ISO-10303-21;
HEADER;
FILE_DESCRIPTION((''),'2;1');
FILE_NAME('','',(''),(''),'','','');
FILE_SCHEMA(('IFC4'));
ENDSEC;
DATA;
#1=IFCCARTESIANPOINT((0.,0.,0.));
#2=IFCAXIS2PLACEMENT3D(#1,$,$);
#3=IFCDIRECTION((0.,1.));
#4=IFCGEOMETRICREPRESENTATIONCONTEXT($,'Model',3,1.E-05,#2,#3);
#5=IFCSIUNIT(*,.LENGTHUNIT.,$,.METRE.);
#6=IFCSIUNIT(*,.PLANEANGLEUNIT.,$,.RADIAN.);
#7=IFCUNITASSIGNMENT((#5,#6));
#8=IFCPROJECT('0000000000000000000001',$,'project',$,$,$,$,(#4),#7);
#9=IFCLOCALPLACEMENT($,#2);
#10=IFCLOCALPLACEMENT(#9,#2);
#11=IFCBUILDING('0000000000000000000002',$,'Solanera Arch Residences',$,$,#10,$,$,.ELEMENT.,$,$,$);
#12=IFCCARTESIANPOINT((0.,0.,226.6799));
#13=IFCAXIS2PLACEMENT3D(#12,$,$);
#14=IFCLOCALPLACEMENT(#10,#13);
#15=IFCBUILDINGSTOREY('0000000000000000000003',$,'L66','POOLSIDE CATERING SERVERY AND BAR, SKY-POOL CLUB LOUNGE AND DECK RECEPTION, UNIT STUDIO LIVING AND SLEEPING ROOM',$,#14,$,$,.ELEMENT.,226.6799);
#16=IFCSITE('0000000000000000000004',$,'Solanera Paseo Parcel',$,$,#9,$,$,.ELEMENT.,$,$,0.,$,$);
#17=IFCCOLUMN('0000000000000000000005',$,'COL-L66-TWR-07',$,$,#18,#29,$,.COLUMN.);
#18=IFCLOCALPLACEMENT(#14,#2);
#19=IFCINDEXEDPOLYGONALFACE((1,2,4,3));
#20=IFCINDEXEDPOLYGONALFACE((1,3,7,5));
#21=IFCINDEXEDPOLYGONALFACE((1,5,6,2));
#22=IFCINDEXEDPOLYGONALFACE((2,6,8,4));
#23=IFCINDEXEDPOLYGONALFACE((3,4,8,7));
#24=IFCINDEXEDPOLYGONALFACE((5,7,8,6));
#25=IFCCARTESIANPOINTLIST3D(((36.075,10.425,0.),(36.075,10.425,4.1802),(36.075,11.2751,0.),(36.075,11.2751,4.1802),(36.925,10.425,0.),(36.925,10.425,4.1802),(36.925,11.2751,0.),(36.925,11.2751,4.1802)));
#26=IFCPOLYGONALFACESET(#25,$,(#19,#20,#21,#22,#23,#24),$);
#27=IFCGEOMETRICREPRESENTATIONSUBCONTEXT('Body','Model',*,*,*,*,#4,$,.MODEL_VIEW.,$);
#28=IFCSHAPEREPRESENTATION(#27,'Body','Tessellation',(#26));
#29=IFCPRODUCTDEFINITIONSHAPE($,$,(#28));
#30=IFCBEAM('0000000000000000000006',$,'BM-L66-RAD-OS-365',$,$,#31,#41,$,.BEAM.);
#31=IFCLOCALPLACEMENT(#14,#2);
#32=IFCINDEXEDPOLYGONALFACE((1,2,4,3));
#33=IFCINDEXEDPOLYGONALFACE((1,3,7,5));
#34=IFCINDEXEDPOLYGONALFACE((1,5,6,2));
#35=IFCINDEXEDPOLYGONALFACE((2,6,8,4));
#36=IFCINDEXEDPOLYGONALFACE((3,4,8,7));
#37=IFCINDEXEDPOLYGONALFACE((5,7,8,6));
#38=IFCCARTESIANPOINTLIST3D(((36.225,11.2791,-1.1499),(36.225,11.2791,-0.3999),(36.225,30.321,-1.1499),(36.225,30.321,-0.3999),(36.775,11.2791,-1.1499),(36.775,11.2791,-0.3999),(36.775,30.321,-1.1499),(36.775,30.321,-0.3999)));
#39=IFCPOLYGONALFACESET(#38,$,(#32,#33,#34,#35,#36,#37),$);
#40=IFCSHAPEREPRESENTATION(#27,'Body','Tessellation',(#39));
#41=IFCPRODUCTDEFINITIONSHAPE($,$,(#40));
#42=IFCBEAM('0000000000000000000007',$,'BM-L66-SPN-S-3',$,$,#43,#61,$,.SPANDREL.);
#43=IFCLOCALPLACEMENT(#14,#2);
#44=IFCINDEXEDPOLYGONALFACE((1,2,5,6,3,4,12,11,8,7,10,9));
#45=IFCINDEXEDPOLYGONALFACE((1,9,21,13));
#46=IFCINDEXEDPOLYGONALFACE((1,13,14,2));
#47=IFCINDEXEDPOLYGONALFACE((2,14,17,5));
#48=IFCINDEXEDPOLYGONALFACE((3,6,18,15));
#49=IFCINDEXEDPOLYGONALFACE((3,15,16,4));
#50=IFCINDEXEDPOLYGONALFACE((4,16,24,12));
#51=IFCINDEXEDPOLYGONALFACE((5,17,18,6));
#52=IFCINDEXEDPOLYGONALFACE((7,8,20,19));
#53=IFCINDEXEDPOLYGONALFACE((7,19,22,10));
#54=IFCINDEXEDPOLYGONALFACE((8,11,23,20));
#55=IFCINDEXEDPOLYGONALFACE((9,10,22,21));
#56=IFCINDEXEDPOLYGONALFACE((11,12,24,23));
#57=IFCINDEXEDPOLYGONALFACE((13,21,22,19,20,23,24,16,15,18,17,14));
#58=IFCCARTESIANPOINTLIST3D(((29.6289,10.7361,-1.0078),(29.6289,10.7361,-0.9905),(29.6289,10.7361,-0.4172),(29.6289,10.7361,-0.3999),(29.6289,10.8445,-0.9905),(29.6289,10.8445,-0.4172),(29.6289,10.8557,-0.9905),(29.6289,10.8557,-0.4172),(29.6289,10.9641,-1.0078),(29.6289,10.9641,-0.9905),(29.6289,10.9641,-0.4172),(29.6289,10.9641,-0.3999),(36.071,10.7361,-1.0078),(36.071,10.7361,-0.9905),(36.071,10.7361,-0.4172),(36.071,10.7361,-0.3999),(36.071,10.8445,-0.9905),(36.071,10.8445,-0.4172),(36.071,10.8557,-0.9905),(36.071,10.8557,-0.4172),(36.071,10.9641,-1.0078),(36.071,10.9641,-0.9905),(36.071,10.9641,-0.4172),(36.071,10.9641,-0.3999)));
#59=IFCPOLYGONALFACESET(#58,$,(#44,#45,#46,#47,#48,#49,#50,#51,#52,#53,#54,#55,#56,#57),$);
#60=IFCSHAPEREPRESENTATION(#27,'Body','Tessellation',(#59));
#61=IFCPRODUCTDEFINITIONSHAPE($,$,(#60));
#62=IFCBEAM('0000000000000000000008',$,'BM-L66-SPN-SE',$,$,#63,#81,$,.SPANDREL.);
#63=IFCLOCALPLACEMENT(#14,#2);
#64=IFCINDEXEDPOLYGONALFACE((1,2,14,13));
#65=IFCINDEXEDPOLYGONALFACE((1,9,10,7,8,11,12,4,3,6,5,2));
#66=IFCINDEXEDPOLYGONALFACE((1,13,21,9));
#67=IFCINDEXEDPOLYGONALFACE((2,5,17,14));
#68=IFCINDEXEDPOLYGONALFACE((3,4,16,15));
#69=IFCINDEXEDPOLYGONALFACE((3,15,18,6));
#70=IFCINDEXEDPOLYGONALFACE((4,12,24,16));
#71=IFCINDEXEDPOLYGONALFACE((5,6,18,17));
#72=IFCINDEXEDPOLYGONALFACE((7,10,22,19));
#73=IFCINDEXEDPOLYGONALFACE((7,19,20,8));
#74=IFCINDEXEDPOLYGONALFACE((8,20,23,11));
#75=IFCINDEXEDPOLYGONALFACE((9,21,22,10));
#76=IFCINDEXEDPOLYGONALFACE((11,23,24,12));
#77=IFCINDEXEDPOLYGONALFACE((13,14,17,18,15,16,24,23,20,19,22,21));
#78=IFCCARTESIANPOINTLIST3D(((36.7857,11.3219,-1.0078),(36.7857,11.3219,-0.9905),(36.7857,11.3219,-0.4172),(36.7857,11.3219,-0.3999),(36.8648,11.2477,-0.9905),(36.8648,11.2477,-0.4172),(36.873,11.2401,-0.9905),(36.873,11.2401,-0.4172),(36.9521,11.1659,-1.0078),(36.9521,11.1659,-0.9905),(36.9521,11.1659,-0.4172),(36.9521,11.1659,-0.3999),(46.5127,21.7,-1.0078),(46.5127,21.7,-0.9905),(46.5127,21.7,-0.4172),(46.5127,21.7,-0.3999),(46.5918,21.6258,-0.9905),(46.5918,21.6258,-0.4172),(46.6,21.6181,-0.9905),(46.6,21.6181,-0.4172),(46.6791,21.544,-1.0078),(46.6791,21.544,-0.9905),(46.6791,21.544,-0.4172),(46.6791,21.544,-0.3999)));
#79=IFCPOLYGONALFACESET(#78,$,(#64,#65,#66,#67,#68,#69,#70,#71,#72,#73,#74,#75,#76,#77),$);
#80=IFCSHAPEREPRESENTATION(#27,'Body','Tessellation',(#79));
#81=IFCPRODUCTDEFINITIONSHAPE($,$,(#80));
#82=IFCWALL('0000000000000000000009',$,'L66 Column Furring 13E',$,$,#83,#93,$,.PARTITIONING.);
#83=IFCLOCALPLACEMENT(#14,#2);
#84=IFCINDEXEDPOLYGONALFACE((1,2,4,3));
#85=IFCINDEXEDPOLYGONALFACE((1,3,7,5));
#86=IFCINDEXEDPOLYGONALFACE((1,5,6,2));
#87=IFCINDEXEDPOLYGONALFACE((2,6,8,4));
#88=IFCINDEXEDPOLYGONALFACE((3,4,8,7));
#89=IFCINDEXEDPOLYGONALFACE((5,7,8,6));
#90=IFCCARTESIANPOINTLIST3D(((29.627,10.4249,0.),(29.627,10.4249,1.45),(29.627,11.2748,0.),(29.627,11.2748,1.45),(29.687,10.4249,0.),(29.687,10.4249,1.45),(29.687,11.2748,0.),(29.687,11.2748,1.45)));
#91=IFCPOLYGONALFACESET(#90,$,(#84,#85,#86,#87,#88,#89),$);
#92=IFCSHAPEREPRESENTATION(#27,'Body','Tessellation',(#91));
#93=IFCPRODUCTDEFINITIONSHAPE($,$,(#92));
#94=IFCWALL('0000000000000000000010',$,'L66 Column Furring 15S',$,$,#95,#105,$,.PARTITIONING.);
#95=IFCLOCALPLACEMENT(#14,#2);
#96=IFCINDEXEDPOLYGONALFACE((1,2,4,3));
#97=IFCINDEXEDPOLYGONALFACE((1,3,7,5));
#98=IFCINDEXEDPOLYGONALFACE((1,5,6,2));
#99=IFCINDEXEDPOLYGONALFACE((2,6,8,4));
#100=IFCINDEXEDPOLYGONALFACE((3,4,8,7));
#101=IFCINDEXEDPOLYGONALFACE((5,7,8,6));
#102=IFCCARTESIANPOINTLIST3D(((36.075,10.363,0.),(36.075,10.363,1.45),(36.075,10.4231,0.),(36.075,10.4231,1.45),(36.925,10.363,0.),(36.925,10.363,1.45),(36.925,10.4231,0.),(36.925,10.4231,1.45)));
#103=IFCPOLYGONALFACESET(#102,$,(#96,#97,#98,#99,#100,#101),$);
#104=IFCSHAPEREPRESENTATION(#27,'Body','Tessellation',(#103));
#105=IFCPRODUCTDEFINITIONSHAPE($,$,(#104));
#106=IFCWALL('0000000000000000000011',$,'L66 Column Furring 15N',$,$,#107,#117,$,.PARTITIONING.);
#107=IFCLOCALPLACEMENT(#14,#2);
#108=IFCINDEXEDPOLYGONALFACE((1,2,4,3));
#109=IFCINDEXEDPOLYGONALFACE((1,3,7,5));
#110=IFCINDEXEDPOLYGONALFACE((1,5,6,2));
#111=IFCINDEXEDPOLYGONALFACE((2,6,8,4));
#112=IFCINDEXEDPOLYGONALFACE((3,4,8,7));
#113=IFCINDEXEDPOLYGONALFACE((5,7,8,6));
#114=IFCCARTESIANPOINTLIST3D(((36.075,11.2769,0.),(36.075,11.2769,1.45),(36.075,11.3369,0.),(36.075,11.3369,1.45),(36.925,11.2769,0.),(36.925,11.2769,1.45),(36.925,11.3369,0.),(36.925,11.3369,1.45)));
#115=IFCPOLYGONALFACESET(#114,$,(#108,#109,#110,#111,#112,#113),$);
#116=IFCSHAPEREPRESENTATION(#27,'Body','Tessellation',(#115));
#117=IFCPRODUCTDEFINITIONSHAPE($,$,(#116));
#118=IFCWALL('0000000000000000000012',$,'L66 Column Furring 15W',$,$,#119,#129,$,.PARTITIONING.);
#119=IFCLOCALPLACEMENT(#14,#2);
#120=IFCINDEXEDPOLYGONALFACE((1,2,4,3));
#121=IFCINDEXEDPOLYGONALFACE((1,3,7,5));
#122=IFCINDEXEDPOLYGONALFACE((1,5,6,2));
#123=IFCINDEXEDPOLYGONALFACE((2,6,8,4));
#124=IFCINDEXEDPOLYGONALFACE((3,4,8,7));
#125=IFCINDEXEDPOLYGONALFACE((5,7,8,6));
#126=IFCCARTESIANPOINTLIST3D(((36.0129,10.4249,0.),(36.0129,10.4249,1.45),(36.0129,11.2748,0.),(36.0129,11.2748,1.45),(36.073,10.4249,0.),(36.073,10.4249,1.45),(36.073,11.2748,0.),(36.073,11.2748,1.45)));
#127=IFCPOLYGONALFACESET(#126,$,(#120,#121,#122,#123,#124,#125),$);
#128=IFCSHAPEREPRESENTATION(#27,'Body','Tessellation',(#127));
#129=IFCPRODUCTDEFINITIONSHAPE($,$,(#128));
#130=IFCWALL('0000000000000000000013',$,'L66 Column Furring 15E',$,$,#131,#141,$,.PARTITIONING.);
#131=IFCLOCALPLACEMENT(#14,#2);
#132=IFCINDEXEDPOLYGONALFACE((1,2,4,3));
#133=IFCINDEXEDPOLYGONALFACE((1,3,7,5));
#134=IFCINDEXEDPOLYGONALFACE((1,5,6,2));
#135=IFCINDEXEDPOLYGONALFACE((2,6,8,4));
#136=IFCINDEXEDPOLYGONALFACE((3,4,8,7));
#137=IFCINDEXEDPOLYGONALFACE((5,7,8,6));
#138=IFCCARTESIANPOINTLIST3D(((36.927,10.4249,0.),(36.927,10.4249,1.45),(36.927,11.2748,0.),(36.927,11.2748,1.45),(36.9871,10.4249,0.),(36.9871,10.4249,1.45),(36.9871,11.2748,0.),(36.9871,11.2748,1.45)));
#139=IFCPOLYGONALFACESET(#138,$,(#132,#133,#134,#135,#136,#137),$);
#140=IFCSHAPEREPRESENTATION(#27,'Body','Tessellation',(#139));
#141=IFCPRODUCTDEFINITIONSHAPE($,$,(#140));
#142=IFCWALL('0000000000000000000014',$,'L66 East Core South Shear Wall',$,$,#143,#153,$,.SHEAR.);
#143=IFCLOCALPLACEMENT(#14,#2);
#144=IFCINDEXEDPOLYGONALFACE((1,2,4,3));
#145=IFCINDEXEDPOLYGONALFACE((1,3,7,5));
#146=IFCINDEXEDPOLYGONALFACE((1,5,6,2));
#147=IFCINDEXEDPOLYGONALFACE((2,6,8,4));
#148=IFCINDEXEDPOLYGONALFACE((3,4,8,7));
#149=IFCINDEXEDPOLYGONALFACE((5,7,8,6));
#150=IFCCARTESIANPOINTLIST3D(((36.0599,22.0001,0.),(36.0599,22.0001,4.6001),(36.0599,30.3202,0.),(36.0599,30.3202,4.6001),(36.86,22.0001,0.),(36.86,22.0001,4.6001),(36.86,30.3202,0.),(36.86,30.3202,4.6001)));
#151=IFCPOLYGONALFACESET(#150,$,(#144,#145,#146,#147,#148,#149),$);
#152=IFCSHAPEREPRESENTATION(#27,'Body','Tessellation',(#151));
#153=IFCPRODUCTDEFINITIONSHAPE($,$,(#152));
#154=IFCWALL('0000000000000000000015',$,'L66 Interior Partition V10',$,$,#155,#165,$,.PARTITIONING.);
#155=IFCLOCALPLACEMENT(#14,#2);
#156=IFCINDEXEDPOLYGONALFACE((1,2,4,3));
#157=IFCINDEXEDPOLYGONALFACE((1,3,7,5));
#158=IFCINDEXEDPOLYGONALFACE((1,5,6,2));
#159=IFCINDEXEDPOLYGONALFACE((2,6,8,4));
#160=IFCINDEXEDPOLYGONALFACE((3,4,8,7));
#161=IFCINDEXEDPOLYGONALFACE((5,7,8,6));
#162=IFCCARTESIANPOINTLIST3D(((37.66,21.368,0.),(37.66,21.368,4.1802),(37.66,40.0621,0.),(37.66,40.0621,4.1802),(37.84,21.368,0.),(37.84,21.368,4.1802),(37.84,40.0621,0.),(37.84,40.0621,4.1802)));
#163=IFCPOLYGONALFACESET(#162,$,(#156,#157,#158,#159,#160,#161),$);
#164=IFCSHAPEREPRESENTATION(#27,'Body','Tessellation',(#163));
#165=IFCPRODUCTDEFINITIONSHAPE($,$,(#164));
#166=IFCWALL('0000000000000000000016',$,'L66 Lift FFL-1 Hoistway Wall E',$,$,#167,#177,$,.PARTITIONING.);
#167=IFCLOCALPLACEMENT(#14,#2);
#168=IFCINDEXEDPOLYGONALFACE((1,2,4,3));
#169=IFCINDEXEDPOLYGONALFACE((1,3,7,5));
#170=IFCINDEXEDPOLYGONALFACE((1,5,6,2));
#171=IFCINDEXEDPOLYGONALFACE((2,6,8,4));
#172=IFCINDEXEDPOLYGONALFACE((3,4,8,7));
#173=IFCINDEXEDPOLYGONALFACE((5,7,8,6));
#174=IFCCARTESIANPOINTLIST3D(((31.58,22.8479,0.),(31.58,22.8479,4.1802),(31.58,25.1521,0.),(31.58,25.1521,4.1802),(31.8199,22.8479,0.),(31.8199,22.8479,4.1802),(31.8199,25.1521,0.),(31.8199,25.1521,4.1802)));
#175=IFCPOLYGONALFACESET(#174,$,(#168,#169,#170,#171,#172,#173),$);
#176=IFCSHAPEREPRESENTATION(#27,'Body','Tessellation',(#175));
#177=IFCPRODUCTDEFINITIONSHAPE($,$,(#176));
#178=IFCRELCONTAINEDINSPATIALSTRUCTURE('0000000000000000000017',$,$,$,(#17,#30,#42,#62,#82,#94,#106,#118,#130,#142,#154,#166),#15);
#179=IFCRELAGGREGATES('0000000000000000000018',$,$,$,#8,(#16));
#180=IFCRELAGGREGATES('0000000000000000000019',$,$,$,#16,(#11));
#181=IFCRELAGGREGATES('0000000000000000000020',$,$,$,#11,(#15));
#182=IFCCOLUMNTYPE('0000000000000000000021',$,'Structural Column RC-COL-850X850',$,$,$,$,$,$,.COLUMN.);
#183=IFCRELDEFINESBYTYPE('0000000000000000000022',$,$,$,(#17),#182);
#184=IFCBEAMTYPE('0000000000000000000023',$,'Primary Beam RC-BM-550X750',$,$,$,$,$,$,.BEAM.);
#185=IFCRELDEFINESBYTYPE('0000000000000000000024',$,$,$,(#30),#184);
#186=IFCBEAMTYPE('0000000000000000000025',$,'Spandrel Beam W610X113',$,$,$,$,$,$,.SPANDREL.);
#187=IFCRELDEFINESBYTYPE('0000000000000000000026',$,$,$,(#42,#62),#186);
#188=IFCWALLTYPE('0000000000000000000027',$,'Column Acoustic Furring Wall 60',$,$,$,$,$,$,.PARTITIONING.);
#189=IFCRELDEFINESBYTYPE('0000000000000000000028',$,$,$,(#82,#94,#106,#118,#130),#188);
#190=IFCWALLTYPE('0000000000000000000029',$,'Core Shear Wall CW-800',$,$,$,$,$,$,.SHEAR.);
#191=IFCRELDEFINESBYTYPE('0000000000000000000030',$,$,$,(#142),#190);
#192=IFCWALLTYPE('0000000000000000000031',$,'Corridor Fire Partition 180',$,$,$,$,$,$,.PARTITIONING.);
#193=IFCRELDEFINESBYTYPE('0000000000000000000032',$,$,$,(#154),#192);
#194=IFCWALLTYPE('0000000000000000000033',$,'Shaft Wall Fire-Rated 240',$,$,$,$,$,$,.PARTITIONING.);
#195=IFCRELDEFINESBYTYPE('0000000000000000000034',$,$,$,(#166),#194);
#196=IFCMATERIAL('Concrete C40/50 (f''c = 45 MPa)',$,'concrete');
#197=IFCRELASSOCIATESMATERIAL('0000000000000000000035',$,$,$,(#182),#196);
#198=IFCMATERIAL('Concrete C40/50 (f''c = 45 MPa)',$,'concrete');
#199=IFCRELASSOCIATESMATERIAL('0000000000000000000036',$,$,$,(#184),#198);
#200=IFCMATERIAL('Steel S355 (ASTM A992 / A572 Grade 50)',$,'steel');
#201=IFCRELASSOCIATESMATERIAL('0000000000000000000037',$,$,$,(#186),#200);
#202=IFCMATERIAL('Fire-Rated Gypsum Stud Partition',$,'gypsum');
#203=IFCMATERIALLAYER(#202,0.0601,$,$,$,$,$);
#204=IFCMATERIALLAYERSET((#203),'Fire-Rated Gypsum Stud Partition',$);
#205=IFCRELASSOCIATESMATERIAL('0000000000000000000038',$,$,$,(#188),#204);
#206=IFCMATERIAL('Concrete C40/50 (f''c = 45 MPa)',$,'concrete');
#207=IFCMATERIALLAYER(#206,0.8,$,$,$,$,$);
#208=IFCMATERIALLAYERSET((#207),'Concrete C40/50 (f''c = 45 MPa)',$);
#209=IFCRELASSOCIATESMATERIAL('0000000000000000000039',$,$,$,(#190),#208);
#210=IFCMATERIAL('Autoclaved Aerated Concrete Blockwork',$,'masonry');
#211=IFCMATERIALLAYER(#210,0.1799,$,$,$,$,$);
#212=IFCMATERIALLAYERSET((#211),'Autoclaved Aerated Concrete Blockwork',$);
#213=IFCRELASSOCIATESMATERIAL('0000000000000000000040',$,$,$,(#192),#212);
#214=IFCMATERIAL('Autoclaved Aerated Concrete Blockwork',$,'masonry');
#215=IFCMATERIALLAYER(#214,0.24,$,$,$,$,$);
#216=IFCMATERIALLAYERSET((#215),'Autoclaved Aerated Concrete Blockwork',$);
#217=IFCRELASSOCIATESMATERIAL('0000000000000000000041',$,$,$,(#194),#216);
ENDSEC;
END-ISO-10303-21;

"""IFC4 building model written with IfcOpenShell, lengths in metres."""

from ifc_helpers import new_model, si_unit, direction, frame, frame_2d, origin, origin_2d, place, context, subcontext, project, spatial, rectangle, i_section, extrude, material, layer, layer_set, material_profile, profile_set, type_object, element, save


model = new_model("IFC4")

# Units and contexts
model_context = context("Model", 3, precision=1e-05, world=origin(), true_north=direction((0.0, 1.0)))
body_context = subcontext(model_context, "Body", "Model", "MODEL_VIEW")
ifc_project = project(units=[si_unit("LENGTHUNIT", "METRE"), si_unit("PLANEANGLEUNIT", "RADIAN")], contexts=[model_context])

# Site, building, storey
site_placement = place(None, origin())
site = spatial("IfcSite", under=ifc_project, at=site_placement, Name="Solanera Paseo Parcel", CompositionType="ELEMENT", RefElevation=0.0)
building_placement = place(site_placement, origin())
building = spatial("IfcBuilding", under=site, at=building_placement, Name="Solanera Arch Residences", CompositionType="ELEMENT")
storey_placement = place(building_placement, frame((0.0, 0.0, 226.6799)))
storey = spatial("IfcBuildingStorey", under=building, at=storey_placement, Name="L66", Description="POOLSIDE CATERING SERVERY AND BAR, SKY-POOL CLUB LOUNGE AND DECK RECEPTION, UNIT STUDIO LIVING AND SLEEPING ROOM", CompositionType="ELEMENT", Elevation=226.6799)

# Column
ifc_material_1 = material(Name="Concrete C40/50 (f'c = 45 MPa)", Category="concrete")
ifc_material_profile_1 = material_profile(ifc_material_1, rectangle(XDim=0.8501, YDim=0.8501, at=origin_2d()))
ifc_profile_set_1 = profile_set([ifc_material_profile_1], Name="Concrete C40/50 (f'c = 45 MPa)")
column_type = type_object("IfcColumnType", Name="Structural Column RC-COL-850X850", PredefinedType="COLUMN", material=ifc_profile_set_1)
column_placement = place(storey_placement, frame((36.5, 10.8501, 0.0), z_axis=(0.0, 0.0, 1.0), x_axis=(1.0, 0.0, 0.0)))
element("IfcColumn", 1, at=column_placement, inside=storey, type_object=column_type, Name="COL-L66-TWR-07", PredefinedType="COLUMN", context=body_context, shape_type="SweptSolid", body=[
    extrude(rectangle(XDim=0.8501, YDim=0.8501, at=origin_2d()), origin(), (0.0, 0.0, 1.0), 4.1802),
])

# Beams
ifc_material_2 = material(Name="Concrete C40/50 (f'c = 45 MPa)", Category="concrete")
ifc_material_profile_2 = material_profile(ifc_material_2, rectangle(XDim=0.55, YDim=0.75, at=origin_2d()))
ifc_profile_set_2 = profile_set([ifc_material_profile_2], Name="Concrete C40/50 (f'c = 45 MPa)")
beam_type_1 = type_object("IfcBeamType", Name="Primary Beam RC-BM-550X750", PredefinedType="BEAM", material=ifc_profile_set_2)
beam_1_placement = place(storey_placement, frame((36.5, 11.2791, -0.7749), z_axis=(0.0, 1.0, 0.0), x_axis=(-1.0, 0.0, 0.0)))
element("IfcBeam", 2, at=beam_1_placement, inside=storey, type_object=beam_type_1, Name="BM-L66-RAD-OS-365", PredefinedType="BEAM", context=body_context, shape_type="SweptSolid", body=[
    extrude(rectangle(XDim=0.55, YDim=0.75, at=origin_2d()), origin(), (0.0, 0.0, 1.0), 19.042),
])
ifc_material_3 = material(Name="Steel S355 (ASTM A992 / A572 Grade 50)", Category="steel")
ifc_material_profile_3 = material_profile(ifc_material_3, i_section(OverallWidth=0.228, OverallDepth=0.6079, WebThickness=0.0112, FlangeThickness=0.0173, at=origin_2d()))
ifc_profile_set_3 = profile_set([ifc_material_profile_3], Name="Steel S355 (ASTM A992 / A572 Grade 50)")
beam_type_2 = type_object("IfcBeamType", Name="Spandrel Beam W610X113", PredefinedType="SPANDREL", material=ifc_profile_set_3)
beam_2_placement = place(storey_placement, frame((29.6289, 10.8501, -0.7039), z_axis=(1.0, 0.0, 0.0), x_axis=(0.0, 1.0, 0.0)))
element("IfcBeam", 3, at=beam_2_placement, inside=storey, type_object=beam_type_2, Name="BM-L66-SPN-S-3", PredefinedType="SPANDREL", context=body_context, shape_type="SweptSolid", body=[
    extrude(i_section(OverallWidth=0.228, OverallDepth=0.6079, WebThickness=0.0112, FlangeThickness=0.0173, at=origin_2d()), origin(), (0.0, 0.0, 1.0), 6.4421),
])
beam_3_placement = place(storey_placement, frame((36.8689, 11.2439, -0.7039), z_axis=(0.683848, 0.729624, 0.0), x_axis=(-0.729624, 0.683848, 0.0)))
element("IfcBeam", 4, at=beam_3_placement, inside=storey, type_object=beam_type_2, Name="BM-L66-SPN-SE", PredefinedType="SPANDREL", context=body_context, shape_type="SweptSolid", body=[
    extrude(i_section(OverallWidth=0.228, OverallDepth=0.6079, WebThickness=0.0112, FlangeThickness=0.0173, at=origin_2d()), origin(), (0.0, 0.0, 1.0), 14.2239),
])

# Walls
ifc_material_4 = material(Name="Fire-Rated Gypsum Stud Partition", Category="gypsum")
ifc_layer_1 = layer(ifc_material_4, 0.0601)
ifc_layer_set_1 = layer_set([ifc_layer_1], Name="Fire-Rated Gypsum Stud Partition")
wall_type_1 = type_object("IfcWallType", Name="Column Acoustic Furring Wall 60", PredefinedType="PARTITIONING", material=ifc_layer_set_1)
wall_1_placement = place(storey_placement, frame((29.657, 10.425, 0.0), z_axis=(0.0, 0.0, 1.0), x_axis=(0.0, 1.0, 0.0)))
element("IfcWall", 5, at=wall_1_placement, inside=storey, type_object=wall_type_1, Name="L66 Column Furring 13E", PredefinedType="PARTITIONING", context=body_context, shape_type="SweptSolid", body=[
    extrude(rectangle(XDim=0.8499, YDim=0.0601, at=frame_2d((0.4248, 0.0))), origin(), (0.0, 0.0, 1.0), 1.45),
])
for number, where, z_axis, x_axis, name in (
    (6, (36.075, 10.3931, 0.0), (0.0, 0.0, 1.0), (1.0, 0.0, 0.0), "L66 Column Furring 15S"),
    (7, (36.075, 11.3069, 0.0), (0.0, 0.0, 1.0), (1.0, 0.0, 0.0), "L66 Column Furring 15N"),
):
    element("IfcWall", number, at=place(storey_placement, frame(where, z_axis=z_axis, x_axis=x_axis)), inside=storey, type_object=wall_type_1, Name=name, PredefinedType="PARTITIONING", context=body_context, shape_type="SweptSolid", body=[
        extrude(rectangle(XDim=0.8501, YDim=0.0601, at=frame_2d((0.425, 0.0))), origin(), (0.0, 0.0, 1.0), 1.45),
    ])
for number, where, z_axis, x_axis, name in (
    (8, (36.043, 10.425, 0.0), (0.0, 0.0, 1.0), (0.0, 1.0, 0.0), "L66 Column Furring 15W"),
    (9, (36.957, 10.425, 0.0), (0.0, 0.0, 1.0), (0.0, 1.0, 0.0), "L66 Column Furring 15E"),
):
    element("IfcWall", number, at=place(storey_placement, frame(where, z_axis=z_axis, x_axis=x_axis)), inside=storey, type_object=wall_type_1, Name=name, PredefinedType="PARTITIONING", context=body_context, shape_type="SweptSolid", body=[
        extrude(rectangle(XDim=0.8499, YDim=0.0601, at=frame_2d((0.4248, 0.0))), origin(), (0.0, 0.0, 1.0), 1.45),
    ])
ifc_material_5 = material(Name="Concrete C40/50 (f'c = 45 MPa)", Category="concrete")
ifc_layer_2 = layer(ifc_material_5, 0.8)
ifc_layer_set_2 = layer_set([ifc_layer_2], Name="Concrete C40/50 (f'c = 45 MPa)")
wall_type_2 = type_object("IfcWallType", Name="Core Shear Wall CW-800", PredefinedType="SHEAR", material=ifc_layer_set_2)
wall_2_placement = place(storey_placement, frame((36.46, 22.0, 0.0), z_axis=(0.0, 0.0, 1.0), x_axis=(0.0, 1.0, 0.0)))
element("IfcWall", 10, at=wall_2_placement, inside=storey, type_object=wall_type_2, Name="L66 East Core South Shear Wall", PredefinedType="SHEAR", context=body_context, shape_type="SweptSolid", body=[
    extrude(rectangle(XDim=8.3201, YDim=0.8, at=frame_2d((4.1602, 0.0))), origin(), (0.0, 0.0, 1.0), 4.6001),
])
ifc_material_6 = material(Name="Autoclaved Aerated Concrete Blockwork", Category="masonry")
ifc_layer_3 = layer(ifc_material_6, 0.1799)
ifc_layer_set_3 = layer_set([ifc_layer_3], Name="Autoclaved Aerated Concrete Blockwork")
wall_type_3 = type_object("IfcWallType", Name="Corridor Fire Partition 180", PredefinedType="PARTITIONING", material=ifc_layer_set_3)
wall_3_placement = place(storey_placement, frame((37.75, 21.3679, 0.0), z_axis=(0.0, 0.0, 1.0), x_axis=(0.0, 1.0, 0.0)))
element("IfcWall", 11, at=wall_3_placement, inside=storey, type_object=wall_type_3, Name="L66 Interior Partition V10", PredefinedType="PARTITIONING", context=body_context, shape_type="SweptSolid", body=[
    extrude(rectangle(XDim=18.6941, YDim=0.1799, at=frame_2d((9.3472, 0.0))), origin(), (0.0, 0.0, 1.0), 4.1802),
])
ifc_material_7 = material(Name="Autoclaved Aerated Concrete Blockwork", Category="masonry")
ifc_layer_4 = layer(ifc_material_7, 0.24)
ifc_layer_set_4 = layer_set([ifc_layer_4], Name="Autoclaved Aerated Concrete Blockwork")
wall_type_4 = type_object("IfcWallType", Name="Shaft Wall Fire-Rated 240", PredefinedType="PARTITIONING", material=ifc_layer_set_4)
wall_4_placement = place(storey_placement, frame((31.7, 22.8479, 0.0), z_axis=(0.0, 0.0, 1.0), x_axis=(0.0, 1.0, 0.0)))
element("IfcWall", 12, at=wall_4_placement, inside=storey, type_object=wall_type_4, Name="L66 Lift FFL-1 Hoistway Wall E", PredefinedType="PARTITIONING", context=body_context, shape_type="SweptSolid", body=[
    extrude(rectangle(XDim=2.3042, YDim=0.24, at=frame_2d((1.1521, 0.0))), origin(), (0.0, 0.0, 1.0), 4.1802),
])

save(model, "model.ifc")
